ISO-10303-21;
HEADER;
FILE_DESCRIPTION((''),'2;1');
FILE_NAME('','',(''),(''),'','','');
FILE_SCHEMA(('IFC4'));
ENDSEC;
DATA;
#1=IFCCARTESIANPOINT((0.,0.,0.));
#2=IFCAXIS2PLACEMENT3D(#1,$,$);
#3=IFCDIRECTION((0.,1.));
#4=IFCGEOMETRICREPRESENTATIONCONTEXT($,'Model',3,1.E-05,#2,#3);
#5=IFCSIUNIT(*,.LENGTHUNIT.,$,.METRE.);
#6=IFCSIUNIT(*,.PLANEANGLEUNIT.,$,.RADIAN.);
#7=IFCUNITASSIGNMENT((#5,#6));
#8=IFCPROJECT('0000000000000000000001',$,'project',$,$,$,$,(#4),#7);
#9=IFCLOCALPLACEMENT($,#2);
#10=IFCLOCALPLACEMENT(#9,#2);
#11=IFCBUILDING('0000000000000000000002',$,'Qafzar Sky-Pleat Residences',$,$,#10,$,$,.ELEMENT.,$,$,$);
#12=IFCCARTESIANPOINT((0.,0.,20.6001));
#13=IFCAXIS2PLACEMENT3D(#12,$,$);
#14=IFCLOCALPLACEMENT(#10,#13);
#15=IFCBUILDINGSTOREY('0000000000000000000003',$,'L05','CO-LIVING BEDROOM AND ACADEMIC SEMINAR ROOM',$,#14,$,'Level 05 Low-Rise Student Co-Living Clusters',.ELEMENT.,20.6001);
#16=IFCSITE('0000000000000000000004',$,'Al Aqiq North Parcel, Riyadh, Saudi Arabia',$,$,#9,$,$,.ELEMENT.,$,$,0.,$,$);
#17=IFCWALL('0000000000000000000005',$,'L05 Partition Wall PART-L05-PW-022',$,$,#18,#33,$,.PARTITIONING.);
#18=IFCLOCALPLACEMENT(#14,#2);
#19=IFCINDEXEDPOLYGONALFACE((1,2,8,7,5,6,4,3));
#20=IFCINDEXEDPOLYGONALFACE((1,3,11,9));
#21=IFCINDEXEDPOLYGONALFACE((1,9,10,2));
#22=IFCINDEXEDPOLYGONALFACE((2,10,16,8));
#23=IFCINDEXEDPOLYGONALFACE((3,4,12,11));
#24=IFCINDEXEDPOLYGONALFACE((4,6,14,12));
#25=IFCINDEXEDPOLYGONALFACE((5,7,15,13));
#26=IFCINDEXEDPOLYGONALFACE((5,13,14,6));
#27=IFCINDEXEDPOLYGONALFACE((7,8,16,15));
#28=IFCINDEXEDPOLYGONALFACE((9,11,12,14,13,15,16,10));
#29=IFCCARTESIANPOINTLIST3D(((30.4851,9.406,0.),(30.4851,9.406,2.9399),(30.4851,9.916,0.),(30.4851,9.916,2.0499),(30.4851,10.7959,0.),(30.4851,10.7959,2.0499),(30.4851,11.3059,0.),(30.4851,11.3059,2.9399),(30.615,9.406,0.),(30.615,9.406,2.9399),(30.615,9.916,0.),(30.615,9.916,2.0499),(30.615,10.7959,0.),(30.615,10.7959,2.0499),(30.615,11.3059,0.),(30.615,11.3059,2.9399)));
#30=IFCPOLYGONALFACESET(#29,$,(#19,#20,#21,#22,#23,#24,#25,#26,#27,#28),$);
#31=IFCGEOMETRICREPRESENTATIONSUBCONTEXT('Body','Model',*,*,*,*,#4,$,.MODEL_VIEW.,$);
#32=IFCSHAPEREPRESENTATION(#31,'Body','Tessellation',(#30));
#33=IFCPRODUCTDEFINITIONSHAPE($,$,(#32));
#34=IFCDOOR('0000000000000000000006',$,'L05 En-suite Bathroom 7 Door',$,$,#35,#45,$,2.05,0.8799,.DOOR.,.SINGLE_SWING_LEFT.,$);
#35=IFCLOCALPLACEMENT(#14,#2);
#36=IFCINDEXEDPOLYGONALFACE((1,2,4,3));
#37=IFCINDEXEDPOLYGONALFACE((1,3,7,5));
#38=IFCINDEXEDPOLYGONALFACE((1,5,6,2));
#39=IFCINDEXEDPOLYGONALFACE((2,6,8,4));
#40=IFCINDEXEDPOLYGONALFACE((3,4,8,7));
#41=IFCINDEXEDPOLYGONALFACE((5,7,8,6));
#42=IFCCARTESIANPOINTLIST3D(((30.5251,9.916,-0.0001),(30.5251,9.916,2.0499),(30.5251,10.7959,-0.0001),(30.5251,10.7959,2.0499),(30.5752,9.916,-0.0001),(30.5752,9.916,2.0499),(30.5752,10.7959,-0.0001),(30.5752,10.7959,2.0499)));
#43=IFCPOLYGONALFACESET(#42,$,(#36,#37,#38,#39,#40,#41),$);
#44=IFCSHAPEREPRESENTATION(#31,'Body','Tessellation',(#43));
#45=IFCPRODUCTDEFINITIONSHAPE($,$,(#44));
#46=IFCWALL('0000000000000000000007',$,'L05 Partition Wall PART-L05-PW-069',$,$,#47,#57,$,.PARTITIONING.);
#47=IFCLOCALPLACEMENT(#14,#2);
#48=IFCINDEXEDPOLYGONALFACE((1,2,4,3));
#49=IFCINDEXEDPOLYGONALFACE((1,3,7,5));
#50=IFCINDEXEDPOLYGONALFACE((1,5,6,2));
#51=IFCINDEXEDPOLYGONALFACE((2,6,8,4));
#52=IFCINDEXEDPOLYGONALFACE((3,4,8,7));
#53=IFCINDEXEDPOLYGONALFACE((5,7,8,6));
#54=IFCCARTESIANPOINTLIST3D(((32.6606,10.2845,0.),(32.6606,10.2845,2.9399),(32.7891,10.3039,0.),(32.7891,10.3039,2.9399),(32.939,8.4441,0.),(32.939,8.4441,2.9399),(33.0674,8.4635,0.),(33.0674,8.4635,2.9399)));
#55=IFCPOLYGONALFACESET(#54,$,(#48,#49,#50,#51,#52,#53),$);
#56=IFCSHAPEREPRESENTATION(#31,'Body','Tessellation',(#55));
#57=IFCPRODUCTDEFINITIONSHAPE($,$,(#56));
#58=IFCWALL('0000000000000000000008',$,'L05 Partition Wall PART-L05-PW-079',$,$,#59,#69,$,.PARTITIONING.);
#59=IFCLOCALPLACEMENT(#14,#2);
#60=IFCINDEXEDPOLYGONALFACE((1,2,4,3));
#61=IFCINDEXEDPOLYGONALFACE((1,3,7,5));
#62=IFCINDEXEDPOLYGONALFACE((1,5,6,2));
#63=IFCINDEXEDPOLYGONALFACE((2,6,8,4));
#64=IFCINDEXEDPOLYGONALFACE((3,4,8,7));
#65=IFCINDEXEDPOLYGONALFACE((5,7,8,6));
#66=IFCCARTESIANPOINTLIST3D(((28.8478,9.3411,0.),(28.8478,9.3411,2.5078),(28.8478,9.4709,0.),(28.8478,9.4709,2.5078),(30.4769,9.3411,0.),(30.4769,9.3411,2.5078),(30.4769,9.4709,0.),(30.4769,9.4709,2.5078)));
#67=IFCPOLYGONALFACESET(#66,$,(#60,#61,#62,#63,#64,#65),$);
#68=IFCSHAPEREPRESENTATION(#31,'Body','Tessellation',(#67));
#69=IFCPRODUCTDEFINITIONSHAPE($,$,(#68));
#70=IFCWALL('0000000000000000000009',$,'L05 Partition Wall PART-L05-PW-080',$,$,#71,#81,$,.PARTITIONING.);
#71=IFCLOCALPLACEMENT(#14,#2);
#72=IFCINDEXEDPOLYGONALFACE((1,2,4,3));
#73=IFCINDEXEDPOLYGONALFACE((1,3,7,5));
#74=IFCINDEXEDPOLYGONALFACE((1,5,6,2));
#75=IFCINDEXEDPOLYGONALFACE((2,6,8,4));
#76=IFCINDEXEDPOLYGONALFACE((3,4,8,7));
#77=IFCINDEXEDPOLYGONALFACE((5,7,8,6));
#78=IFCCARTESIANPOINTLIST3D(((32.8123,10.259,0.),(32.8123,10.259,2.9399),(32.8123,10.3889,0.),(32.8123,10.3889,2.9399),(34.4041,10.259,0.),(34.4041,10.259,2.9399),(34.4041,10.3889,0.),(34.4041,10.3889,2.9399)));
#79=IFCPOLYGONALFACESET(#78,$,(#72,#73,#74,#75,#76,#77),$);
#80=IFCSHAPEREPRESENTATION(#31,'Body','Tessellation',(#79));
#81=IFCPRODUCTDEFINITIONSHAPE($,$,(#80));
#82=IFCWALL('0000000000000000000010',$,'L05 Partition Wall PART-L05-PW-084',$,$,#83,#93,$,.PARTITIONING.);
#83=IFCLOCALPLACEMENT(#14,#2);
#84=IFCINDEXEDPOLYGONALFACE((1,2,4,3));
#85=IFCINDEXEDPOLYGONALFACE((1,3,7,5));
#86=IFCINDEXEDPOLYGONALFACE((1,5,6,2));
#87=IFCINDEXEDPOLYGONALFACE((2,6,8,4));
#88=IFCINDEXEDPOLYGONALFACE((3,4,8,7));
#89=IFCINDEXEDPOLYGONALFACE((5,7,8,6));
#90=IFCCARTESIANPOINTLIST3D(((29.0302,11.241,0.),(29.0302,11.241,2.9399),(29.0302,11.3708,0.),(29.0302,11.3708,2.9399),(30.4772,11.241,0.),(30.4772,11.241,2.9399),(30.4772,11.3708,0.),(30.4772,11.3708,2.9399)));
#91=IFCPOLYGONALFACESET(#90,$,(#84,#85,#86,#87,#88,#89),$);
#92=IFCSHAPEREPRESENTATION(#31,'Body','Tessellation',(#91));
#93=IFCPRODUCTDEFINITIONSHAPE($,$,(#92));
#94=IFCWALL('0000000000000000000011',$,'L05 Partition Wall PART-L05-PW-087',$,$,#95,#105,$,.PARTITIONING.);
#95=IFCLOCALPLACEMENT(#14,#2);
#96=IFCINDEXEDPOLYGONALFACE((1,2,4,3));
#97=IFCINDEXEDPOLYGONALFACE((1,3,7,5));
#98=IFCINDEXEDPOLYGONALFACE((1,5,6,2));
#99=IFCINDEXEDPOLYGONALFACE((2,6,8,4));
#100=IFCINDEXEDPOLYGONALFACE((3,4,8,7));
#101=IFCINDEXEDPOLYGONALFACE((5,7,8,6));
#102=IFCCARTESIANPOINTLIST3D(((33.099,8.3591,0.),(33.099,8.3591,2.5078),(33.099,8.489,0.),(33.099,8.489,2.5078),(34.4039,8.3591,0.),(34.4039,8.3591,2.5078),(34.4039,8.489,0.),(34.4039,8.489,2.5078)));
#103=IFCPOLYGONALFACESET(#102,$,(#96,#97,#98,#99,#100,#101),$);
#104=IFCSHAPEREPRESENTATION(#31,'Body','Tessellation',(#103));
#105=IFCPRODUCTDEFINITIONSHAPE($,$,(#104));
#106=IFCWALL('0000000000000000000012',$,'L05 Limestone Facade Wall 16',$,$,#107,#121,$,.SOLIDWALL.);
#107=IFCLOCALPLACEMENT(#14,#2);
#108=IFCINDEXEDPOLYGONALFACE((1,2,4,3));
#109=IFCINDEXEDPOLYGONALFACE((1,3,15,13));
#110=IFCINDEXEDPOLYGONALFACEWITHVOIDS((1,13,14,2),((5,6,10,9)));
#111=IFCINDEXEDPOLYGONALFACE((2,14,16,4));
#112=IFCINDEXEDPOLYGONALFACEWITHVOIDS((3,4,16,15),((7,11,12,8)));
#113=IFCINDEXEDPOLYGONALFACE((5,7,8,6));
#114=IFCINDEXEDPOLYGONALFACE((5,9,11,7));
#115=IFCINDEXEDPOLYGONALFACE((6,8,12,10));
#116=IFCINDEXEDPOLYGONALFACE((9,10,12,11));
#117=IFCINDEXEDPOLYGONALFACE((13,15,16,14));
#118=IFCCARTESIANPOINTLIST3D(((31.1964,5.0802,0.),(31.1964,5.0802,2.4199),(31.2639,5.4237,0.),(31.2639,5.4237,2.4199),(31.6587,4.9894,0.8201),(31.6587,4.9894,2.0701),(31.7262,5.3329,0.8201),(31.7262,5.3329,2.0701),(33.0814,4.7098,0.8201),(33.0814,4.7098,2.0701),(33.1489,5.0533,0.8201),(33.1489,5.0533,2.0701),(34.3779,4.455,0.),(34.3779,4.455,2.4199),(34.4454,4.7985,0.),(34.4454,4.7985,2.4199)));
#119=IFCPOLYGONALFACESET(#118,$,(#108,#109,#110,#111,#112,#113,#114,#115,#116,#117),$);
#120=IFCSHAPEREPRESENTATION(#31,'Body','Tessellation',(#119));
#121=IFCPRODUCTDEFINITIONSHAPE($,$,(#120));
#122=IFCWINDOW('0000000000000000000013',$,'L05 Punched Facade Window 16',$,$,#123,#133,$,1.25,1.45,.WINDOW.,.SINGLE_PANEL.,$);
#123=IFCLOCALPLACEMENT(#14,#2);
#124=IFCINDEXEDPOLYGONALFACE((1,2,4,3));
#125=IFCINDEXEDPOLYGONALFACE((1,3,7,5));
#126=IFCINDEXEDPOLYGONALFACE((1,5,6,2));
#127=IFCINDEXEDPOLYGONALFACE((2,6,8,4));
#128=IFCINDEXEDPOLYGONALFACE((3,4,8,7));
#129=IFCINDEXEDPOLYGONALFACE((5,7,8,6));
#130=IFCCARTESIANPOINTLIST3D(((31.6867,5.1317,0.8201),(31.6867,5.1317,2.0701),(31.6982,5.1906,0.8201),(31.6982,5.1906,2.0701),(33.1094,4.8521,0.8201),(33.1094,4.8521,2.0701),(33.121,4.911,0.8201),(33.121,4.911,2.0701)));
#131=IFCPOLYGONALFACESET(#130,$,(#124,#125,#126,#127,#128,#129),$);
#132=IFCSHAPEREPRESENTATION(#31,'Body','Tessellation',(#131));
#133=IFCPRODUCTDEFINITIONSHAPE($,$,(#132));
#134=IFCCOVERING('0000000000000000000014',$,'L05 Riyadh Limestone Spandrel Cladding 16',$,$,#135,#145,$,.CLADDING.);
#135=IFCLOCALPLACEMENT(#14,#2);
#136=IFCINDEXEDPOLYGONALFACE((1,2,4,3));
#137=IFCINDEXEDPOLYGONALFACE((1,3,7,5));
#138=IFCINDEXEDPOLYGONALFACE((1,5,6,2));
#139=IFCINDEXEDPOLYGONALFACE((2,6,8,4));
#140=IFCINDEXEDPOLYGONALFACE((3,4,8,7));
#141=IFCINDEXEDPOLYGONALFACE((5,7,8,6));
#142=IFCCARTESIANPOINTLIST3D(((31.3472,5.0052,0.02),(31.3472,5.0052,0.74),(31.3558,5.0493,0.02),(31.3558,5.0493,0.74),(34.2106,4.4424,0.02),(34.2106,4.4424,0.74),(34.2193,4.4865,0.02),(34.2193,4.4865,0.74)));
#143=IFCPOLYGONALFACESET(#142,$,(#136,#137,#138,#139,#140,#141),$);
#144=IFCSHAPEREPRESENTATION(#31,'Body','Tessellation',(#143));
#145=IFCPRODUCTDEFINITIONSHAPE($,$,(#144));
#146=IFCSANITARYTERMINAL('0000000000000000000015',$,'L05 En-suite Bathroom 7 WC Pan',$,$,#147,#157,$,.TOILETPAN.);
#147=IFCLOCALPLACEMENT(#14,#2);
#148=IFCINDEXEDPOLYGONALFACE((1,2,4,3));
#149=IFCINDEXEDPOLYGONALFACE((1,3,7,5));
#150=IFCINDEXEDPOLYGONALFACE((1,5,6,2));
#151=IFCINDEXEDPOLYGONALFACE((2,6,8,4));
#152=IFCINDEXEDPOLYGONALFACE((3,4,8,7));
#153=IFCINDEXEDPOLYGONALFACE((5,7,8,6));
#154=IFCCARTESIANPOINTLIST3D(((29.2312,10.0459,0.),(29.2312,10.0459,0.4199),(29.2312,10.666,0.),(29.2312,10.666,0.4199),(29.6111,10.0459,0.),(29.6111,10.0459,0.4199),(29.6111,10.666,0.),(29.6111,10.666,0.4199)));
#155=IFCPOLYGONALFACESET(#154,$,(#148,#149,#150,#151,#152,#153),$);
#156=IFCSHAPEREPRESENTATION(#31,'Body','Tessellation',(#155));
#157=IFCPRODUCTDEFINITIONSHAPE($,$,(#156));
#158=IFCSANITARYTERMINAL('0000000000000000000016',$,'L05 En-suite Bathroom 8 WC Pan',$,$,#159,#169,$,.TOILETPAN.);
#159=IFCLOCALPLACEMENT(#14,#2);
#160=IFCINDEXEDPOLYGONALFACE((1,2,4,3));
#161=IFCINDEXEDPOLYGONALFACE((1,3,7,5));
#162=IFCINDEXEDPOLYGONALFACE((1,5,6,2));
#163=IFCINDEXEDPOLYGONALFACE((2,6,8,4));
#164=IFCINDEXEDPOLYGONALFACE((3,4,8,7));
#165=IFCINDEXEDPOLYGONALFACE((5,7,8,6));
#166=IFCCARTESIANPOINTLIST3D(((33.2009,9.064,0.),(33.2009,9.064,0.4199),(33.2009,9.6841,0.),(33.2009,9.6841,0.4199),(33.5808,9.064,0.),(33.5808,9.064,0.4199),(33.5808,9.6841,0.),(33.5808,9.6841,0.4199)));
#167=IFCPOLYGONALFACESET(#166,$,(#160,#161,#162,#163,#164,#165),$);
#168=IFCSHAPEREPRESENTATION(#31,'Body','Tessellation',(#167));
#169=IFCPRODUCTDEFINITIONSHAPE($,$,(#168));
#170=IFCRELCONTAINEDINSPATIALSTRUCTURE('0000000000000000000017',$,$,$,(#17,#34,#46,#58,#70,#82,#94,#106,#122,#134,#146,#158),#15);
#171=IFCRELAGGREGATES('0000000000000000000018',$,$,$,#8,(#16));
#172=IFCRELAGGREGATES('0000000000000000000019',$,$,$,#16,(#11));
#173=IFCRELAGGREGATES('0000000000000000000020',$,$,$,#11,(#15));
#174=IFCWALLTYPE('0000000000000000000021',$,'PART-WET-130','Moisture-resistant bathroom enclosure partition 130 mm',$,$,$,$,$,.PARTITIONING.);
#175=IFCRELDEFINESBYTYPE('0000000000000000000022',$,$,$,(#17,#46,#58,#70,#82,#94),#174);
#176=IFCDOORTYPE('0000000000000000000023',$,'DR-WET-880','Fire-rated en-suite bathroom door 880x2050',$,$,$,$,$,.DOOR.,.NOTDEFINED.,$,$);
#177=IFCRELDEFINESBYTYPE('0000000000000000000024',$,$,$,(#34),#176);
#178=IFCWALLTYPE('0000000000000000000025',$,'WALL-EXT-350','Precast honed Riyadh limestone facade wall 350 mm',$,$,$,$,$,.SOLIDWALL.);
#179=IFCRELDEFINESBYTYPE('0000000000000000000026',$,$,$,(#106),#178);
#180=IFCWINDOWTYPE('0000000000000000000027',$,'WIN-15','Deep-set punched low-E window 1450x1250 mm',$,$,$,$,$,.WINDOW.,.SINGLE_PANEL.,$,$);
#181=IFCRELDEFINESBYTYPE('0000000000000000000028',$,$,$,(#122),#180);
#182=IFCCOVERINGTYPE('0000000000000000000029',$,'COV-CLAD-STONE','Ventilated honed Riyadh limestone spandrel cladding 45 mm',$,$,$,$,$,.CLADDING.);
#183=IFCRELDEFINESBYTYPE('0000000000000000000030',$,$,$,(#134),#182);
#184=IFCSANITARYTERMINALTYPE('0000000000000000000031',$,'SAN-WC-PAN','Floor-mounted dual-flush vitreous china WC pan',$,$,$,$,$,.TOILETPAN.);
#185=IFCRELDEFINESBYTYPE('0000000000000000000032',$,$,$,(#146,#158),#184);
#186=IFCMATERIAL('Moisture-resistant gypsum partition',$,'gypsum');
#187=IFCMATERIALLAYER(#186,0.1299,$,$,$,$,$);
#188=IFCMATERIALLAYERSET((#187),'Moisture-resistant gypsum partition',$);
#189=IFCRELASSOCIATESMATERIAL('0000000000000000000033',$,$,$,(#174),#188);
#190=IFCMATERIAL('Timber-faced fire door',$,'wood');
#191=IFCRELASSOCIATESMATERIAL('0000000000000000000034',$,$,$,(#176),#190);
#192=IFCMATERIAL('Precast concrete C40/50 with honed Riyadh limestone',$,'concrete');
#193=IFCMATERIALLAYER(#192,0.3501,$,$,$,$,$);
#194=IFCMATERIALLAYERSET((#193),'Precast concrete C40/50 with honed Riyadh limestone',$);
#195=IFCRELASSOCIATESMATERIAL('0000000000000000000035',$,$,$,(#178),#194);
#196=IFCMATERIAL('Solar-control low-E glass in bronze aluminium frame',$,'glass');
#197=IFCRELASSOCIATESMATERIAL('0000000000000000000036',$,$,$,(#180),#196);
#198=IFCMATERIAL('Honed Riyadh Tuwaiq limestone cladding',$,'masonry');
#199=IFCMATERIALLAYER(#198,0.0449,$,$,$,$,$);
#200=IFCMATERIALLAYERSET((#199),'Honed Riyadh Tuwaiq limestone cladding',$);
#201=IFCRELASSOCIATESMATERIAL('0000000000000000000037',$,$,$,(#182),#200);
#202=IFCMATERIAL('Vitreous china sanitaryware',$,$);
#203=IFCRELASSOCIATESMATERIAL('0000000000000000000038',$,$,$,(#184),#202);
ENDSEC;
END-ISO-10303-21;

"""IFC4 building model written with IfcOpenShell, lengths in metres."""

from ifc_helpers import new_model, si_unit, direction, frame, frame_2d, origin, origin_2d, place, context, subcontext, project, spatial, rectangle, extrude, source, transform, mapped, material, layer, layer_set, type_object, element, fill, save


model = new_model("IFC4")

# Units and contexts
model_context = context("Model", 3, precision=1e-05, world=origin(), true_north=direction((0.0, 1.0)))
body_context = subcontext(model_context, "Body", "Model", "MODEL_VIEW")
ifc_project = project(units=[si_unit("LENGTHUNIT", "METRE"), si_unit("PLANEANGLEUNIT", "RADIAN")], contexts=[model_context])

# Site, building, storey
site_placement = place(None, origin())
site = spatial("IfcSite", under=ifc_project, at=site_placement, Name="Al Aqiq North Parcel, Riyadh, Saudi Arabia", CompositionType="ELEMENT", RefElevation=0.0)
building_placement = place(site_placement, origin())
building = spatial("IfcBuilding", under=site, at=building_placement, Name="Qafzar Sky-Pleat Residences", CompositionType="ELEMENT")
storey_placement = place(building_placement, frame((0.0, 0.0, 20.6001)))
storey = spatial("IfcBuildingStorey", under=building, at=storey_placement, Name="L05", Description="CO-LIVING BEDROOM AND ACADEMIC SEMINAR ROOM", LongName="Level 05 Low-Rise Student Co-Living Clusters", CompositionType="ELEMENT", Elevation=20.6001)

# Wall, opening, door
ifc_material_1 = material(Name="Moisture-resistant gypsum partition", Category="gypsum")
ifc_layer_1 = layer(ifc_material_1, 0.1299)
ifc_layer_set_1 = layer_set([ifc_layer_1], Name="Moisture-resistant gypsum partition")
wall_type_1 = type_object("IfcWallType", Name="PART-WET-130", Description="Moisture-resistant bathroom enclosure partition 130 mm", PredefinedType="PARTITIONING", material=ifc_layer_set_1)
ifc_material_2 = material(Name="Timber-faced fire door", Category="wood")
door_type = type_object("IfcDoorType", Name="DR-WET-880", Description="Fire-rated en-suite bathroom door 880x2050", OperationType="NOTDEFINED", PredefinedType="DOOR", material=ifc_material_2)
shared_shape_1 = source(origin(), body_context, "Body", "SweptSolid", [
    extrude(rectangle(XDim=0.8799, YDim=2.05, at=frame_2d((0.4399, 1.0249))), frame((0.0, 0.0249, 0.0), z_axis=(0.0, -1.0, 0.0), x_axis=(1.0, 0.0, 0.0)), (0.0, 0.0, 1.0), 0.05),
])
wall_1_placement = place(storey_placement, frame((30.55, 9.406, 0.0), z_axis=(0.0, 0.0, 1.0), x_axis=(0.0, 1.0, 0.0)))
wall_1 = element("IfcWall", 1, at=wall_1_placement, inside=storey, type_object=wall_type_1, Name="L05 Partition Wall PART-L05-PW-022", PredefinedType="PARTITIONING", context=body_context, shape_type="SweptSolid", body=[
    extrude(rectangle(XDim=1.8999, YDim=0.1299, at=frame_2d((0.95, 0.0))), origin(), (0.0, 0.0, 1.0), 2.9399),
])
opening_1_placement = place(wall_1_placement, frame((0.51, 0.0, 0.0)))
opening_1 = element("IfcOpeningElement", 2, at=opening_1_placement, cuts=wall_1, PredefinedType="OPENING", context=body_context, shape_type="SweptSolid", body=[
    extrude(rectangle(XDim=0.8799, YDim=2.05, at=frame_2d((0.4399, 1.0249))), frame((0.0, 0.075, 0.0), z_axis=(0.0, -1.0, 0.0), x_axis=(1.0, 0.0, 0.0)), (0.0, 0.0, 1.0), 0.1499),
])
door_1_placement = place(opening_1_placement, origin())
door_1 = element("IfcDoor", 3, at=door_1_placement, inside=storey, type_object=door_type, Name="L05 En-suite Bathroom 7 Door", OperationType="SINGLE_SWING_LEFT", OverallHeight=2.05, OverallWidth=0.8799, PredefinedType="DOOR", context=body_context, shape_type="MappedRepresentation", body=[
    mapped(shared_shape_1, transform((0.0, 0.0, 0.0), x_axis=(1.0, 0.0, 0.0), y_axis=(0.0, 1.0, 0.0), z_axis=(0.0, 0.0, 1.0), scale=1.0)),
])
fill(opening_1, door_1)

# Walls
wall_2_placement = place(storey_placement, frame((32.7249, 10.2942, 0.0), z_axis=(0.0, 0.0, 1.0), x_axis=(0.149533, -0.988757, 0.0)))
element("IfcWall", 4, at=wall_2_placement, inside=storey, type_object=wall_type_1, Name="L05 Partition Wall PART-L05-PW-069", PredefinedType="PARTITIONING", context=body_context, shape_type="SweptSolid", body=[
    extrude(rectangle(XDim=1.8613, YDim=0.1299, at=frame_2d((0.9307, 0.0))), origin(), (0.0, 0.0, 1.0), 2.9399),
])
wall_3_placement = place(storey_placement, frame((28.8479, 9.406, 0.0), z_axis=(0.0, 0.0, 1.0), x_axis=(1.0, 0.0, 0.0)))
element("IfcWall", 5, at=wall_3_placement, inside=storey, type_object=wall_type_1, Name="L05 Partition Wall PART-L05-PW-079", PredefinedType="PARTITIONING", context=body_context, shape_type="SweptSolid", body=[
    extrude(rectangle(XDim=1.6292, YDim=0.1299, at=frame_2d((0.8145, 0.0))), origin(), (0.0, 0.0, 1.0), 2.5078),
])
wall_4_placement = place(storey_placement, frame((32.8123, 10.324, 0.0), z_axis=(0.0, 0.0, 1.0), x_axis=(1.0, 0.0, 0.0)))
element("IfcWall", 6, at=wall_4_placement, inside=storey, type_object=wall_type_1, Name="L05 Partition Wall PART-L05-PW-080", PredefinedType="PARTITIONING", context=body_context, shape_type="SweptSolid", body=[
    extrude(rectangle(XDim=1.5918, YDim=0.1299, at=frame_2d((0.7959, 0.0))), origin(), (0.0, 0.0, 1.0), 2.9399),
])
wall_5_placement = place(storey_placement, frame((29.03, 11.3059, 0.0), z_axis=(0.0, 0.0, 1.0), x_axis=(1.0, 0.0, 0.0)))
element("IfcWall", 7, at=wall_5_placement, inside=storey, type_object=wall_type_1, Name="L05 Partition Wall PART-L05-PW-084", PredefinedType="PARTITIONING", context=body_context, shape_type="SweptSolid", body=[
    extrude(rectangle(XDim=1.447, YDim=0.1299, at=frame_2d((0.7236, 0.0))), origin(), (0.0, 0.0, 1.0), 2.9399),
])
wall_6_placement = place(storey_placement, frame((33.0991, 8.4241, 0.0), z_axis=(0.0, 0.0, 1.0), x_axis=(1.0, 0.0, 0.0)))
element("IfcWall", 8, at=wall_6_placement, inside=storey, type_object=wall_type_1, Name="L05 Partition Wall PART-L05-PW-087", PredefinedType="PARTITIONING", context=body_context, shape_type="SweptSolid", body=[
    extrude(rectangle(XDim=1.3049, YDim=0.1299, at=frame_2d((0.6523, 0.0))), origin(), (0.0, 0.0, 1.0), 2.5078),
])

# Wall, opening, window
ifc_material_3 = material(Name="Precast concrete C40/50 with honed Riyadh limestone", Category="concrete")
ifc_layer_2 = layer(ifc_material_3, 0.3501)
ifc_layer_set_2 = layer_set([ifc_layer_2], Name="Precast concrete C40/50 with honed Riyadh limestone")
wall_type_2 = type_object("IfcWallType", Name="WALL-EXT-350", Description="Precast honed Riyadh limestone facade wall 350 mm", PredefinedType="SOLIDWALL", material=ifc_layer_set_2)
wall_7_placement = place(storey_placement, frame((31.2302, 5.252, 0.0), z_axis=(0.0, 0.0, 1.0), x_axis=(0.981233, -0.192828, 0.0)))
wall_7 = element("IfcWall", 9, at=wall_7_placement, inside=storey, type_object=wall_type_2, Name="L05 Limestone Facade Wall 16", PredefinedType="SOLIDWALL", context=body_context, shape_type="SweptSolid", body=[
    extrude(rectangle(XDim=3.2424, YDim=0.3501, at=frame_2d((1.6211, 0.0))), origin(), (0.0, 0.0, 1.0), 2.4199),
])
opening_2_placement = place(wall_7_placement, frame((0.4709, 0.0, 0.8201)))
opening_2 = element("IfcOpeningElement", 10, at=opening_2_placement, cuts=wall_7, PredefinedType="OPENING", context=body_context, shape_type="SweptSolid", body=[
    extrude(rectangle(XDim=1.45, YDim=1.25, at=frame_2d((0.7251, 0.625))), frame((0.0, 0.1851, 0.0), z_axis=(0.0, -1.0, 0.0), x_axis=(1.0, 0.0, 0.0)), (0.0, 0.0, 1.0), 0.3701),
])
ifc_material_4 = material(Name="Solar-control low-E glass in bronze aluminium frame", Category="glass")
window_type = type_object("IfcWindowType", Name="WIN-15", Description="Deep-set punched low-E window 1450x1250 mm", PartitioningType="SINGLE_PANEL", PredefinedType="WINDOW", material=ifc_material_4)
shared_shape_2 = source(origin(), body_context, "Body", "SweptSolid", [
    extrude(rectangle(XDim=1.45, YDim=1.25, at=frame_2d((0.7251, 0.625))), frame((0.0, 0.03, 0.0), z_axis=(0.0, -1.0, 0.0), x_axis=(1.0, 0.0, 0.0)), (0.0, 0.0, 1.0), 0.0601),
])
window_placement = place(opening_2_placement, origin())
window = element("IfcWindow", 11, at=window_placement, inside=storey, type_object=window_type, Name="L05 Punched Facade Window 16", OverallHeight=1.25, OverallWidth=1.45, PartitioningType="SINGLE_PANEL", PredefinedType="WINDOW", context=body_context, shape_type="MappedRepresentation", body=[
    mapped(shared_shape_2, transform((0.0, 0.0, 0.0), x_axis=(1.0, 0.0, 0.0), y_axis=(0.0, 1.0, 0.0), z_axis=(0.0, 0.0, 1.0), scale=1.0)),
])
fill(opening_2, window)

# Covering
ifc_material_5 = material(Name="Honed Riyadh Tuwaiq limestone cladding", Category="masonry")
ifc_layer_3 = layer(ifc_material_5, 0.0449)
ifc_layer_set_3 = layer_set([ifc_layer_3], Name="Honed Riyadh Tuwaiq limestone cladding")
covering_type = type_object("IfcCoveringType", Name="COV-CLAD-STONE", Description="Ventilated honed Riyadh limestone spandrel cladding 45 mm", PredefinedType="CLADDING", material=ifc_layer_set_3)
shared_shape_3 = source(origin(), body_context, "Body", "SweptSolid", [
    extrude(rectangle(XDim=2.9182, YDim=0.0449, at=origin_2d()), origin(), (0.0, 0.0, 1.0), 0.72),
])
covering_placement = place(storey_placement, frame((32.7832, 4.7458, 0.02), z_axis=(0.0, 0.0, 1.0), x_axis=(0.98123, -0.192841, 0.0)))
element("IfcCovering", 12, at=covering_placement, inside=storey, type_object=covering_type, Name="L05 Riyadh Limestone Spandrel Cladding 16", PredefinedType="CLADDING", context=body_context, shape_type="MappedRepresentation", body=[
    mapped(shared_shape_3, transform((0.0, 0.0, 0.0), x_axis=(1.0, 0.0, 0.0), y_axis=(0.0, 1.0, 0.0), z_axis=(0.0, 0.0, 1.0), scale=1.0)),
])

# Sanitary terminals
ifc_material_6 = material(Name="Vitreous china sanitaryware")
sanitary_terminal_type_1 = type_object("IfcSanitaryTerminalType", Name="SAN-WC-PAN", Description="Floor-mounted dual-flush vitreous china WC pan", PredefinedType="TOILETPAN", material=ifc_material_6)
shared_shape_4 = source(origin(), body_context, "Body", "SweptSolid", [
    extrude(rectangle(XDim=0.3799, YDim=0.6201, at=origin_2d()), origin(), (0.0, 0.0, 1.0), 0.4199),
])
for number, where, z_axis, x_axis, name in (
    (13, (29.4211, 10.356, 0.0), (0.0, 0.0, 1.0), (1.0, 0.0, 0.0), "L05 En-suite Bathroom 7 WC Pan"),
    (14, (33.3909, 9.374, 0.0), (0.0, 0.0, 1.0), (1.0, 0.0, 0.0), "L05 En-suite Bathroom 8 WC Pan"),
):
    element("IfcSanitaryTerminal", number, at=place(storey_placement, frame(where, z_axis=z_axis, x_axis=x_axis)), inside=storey, type_object=sanitary_terminal_type_1, Name=name, PredefinedType="TOILETPAN", context=body_context, shape_type="MappedRepresentation", body=[
        mapped(shared_shape_4, transform((0.0, 0.0, 0.0), x_axis=(1.0, 0.0, 0.0), y_axis=(0.0, 1.0, 0.0), z_axis=(0.0, 0.0, 1.0), scale=1.0)),
    ])

save(model, "model.ifc")
